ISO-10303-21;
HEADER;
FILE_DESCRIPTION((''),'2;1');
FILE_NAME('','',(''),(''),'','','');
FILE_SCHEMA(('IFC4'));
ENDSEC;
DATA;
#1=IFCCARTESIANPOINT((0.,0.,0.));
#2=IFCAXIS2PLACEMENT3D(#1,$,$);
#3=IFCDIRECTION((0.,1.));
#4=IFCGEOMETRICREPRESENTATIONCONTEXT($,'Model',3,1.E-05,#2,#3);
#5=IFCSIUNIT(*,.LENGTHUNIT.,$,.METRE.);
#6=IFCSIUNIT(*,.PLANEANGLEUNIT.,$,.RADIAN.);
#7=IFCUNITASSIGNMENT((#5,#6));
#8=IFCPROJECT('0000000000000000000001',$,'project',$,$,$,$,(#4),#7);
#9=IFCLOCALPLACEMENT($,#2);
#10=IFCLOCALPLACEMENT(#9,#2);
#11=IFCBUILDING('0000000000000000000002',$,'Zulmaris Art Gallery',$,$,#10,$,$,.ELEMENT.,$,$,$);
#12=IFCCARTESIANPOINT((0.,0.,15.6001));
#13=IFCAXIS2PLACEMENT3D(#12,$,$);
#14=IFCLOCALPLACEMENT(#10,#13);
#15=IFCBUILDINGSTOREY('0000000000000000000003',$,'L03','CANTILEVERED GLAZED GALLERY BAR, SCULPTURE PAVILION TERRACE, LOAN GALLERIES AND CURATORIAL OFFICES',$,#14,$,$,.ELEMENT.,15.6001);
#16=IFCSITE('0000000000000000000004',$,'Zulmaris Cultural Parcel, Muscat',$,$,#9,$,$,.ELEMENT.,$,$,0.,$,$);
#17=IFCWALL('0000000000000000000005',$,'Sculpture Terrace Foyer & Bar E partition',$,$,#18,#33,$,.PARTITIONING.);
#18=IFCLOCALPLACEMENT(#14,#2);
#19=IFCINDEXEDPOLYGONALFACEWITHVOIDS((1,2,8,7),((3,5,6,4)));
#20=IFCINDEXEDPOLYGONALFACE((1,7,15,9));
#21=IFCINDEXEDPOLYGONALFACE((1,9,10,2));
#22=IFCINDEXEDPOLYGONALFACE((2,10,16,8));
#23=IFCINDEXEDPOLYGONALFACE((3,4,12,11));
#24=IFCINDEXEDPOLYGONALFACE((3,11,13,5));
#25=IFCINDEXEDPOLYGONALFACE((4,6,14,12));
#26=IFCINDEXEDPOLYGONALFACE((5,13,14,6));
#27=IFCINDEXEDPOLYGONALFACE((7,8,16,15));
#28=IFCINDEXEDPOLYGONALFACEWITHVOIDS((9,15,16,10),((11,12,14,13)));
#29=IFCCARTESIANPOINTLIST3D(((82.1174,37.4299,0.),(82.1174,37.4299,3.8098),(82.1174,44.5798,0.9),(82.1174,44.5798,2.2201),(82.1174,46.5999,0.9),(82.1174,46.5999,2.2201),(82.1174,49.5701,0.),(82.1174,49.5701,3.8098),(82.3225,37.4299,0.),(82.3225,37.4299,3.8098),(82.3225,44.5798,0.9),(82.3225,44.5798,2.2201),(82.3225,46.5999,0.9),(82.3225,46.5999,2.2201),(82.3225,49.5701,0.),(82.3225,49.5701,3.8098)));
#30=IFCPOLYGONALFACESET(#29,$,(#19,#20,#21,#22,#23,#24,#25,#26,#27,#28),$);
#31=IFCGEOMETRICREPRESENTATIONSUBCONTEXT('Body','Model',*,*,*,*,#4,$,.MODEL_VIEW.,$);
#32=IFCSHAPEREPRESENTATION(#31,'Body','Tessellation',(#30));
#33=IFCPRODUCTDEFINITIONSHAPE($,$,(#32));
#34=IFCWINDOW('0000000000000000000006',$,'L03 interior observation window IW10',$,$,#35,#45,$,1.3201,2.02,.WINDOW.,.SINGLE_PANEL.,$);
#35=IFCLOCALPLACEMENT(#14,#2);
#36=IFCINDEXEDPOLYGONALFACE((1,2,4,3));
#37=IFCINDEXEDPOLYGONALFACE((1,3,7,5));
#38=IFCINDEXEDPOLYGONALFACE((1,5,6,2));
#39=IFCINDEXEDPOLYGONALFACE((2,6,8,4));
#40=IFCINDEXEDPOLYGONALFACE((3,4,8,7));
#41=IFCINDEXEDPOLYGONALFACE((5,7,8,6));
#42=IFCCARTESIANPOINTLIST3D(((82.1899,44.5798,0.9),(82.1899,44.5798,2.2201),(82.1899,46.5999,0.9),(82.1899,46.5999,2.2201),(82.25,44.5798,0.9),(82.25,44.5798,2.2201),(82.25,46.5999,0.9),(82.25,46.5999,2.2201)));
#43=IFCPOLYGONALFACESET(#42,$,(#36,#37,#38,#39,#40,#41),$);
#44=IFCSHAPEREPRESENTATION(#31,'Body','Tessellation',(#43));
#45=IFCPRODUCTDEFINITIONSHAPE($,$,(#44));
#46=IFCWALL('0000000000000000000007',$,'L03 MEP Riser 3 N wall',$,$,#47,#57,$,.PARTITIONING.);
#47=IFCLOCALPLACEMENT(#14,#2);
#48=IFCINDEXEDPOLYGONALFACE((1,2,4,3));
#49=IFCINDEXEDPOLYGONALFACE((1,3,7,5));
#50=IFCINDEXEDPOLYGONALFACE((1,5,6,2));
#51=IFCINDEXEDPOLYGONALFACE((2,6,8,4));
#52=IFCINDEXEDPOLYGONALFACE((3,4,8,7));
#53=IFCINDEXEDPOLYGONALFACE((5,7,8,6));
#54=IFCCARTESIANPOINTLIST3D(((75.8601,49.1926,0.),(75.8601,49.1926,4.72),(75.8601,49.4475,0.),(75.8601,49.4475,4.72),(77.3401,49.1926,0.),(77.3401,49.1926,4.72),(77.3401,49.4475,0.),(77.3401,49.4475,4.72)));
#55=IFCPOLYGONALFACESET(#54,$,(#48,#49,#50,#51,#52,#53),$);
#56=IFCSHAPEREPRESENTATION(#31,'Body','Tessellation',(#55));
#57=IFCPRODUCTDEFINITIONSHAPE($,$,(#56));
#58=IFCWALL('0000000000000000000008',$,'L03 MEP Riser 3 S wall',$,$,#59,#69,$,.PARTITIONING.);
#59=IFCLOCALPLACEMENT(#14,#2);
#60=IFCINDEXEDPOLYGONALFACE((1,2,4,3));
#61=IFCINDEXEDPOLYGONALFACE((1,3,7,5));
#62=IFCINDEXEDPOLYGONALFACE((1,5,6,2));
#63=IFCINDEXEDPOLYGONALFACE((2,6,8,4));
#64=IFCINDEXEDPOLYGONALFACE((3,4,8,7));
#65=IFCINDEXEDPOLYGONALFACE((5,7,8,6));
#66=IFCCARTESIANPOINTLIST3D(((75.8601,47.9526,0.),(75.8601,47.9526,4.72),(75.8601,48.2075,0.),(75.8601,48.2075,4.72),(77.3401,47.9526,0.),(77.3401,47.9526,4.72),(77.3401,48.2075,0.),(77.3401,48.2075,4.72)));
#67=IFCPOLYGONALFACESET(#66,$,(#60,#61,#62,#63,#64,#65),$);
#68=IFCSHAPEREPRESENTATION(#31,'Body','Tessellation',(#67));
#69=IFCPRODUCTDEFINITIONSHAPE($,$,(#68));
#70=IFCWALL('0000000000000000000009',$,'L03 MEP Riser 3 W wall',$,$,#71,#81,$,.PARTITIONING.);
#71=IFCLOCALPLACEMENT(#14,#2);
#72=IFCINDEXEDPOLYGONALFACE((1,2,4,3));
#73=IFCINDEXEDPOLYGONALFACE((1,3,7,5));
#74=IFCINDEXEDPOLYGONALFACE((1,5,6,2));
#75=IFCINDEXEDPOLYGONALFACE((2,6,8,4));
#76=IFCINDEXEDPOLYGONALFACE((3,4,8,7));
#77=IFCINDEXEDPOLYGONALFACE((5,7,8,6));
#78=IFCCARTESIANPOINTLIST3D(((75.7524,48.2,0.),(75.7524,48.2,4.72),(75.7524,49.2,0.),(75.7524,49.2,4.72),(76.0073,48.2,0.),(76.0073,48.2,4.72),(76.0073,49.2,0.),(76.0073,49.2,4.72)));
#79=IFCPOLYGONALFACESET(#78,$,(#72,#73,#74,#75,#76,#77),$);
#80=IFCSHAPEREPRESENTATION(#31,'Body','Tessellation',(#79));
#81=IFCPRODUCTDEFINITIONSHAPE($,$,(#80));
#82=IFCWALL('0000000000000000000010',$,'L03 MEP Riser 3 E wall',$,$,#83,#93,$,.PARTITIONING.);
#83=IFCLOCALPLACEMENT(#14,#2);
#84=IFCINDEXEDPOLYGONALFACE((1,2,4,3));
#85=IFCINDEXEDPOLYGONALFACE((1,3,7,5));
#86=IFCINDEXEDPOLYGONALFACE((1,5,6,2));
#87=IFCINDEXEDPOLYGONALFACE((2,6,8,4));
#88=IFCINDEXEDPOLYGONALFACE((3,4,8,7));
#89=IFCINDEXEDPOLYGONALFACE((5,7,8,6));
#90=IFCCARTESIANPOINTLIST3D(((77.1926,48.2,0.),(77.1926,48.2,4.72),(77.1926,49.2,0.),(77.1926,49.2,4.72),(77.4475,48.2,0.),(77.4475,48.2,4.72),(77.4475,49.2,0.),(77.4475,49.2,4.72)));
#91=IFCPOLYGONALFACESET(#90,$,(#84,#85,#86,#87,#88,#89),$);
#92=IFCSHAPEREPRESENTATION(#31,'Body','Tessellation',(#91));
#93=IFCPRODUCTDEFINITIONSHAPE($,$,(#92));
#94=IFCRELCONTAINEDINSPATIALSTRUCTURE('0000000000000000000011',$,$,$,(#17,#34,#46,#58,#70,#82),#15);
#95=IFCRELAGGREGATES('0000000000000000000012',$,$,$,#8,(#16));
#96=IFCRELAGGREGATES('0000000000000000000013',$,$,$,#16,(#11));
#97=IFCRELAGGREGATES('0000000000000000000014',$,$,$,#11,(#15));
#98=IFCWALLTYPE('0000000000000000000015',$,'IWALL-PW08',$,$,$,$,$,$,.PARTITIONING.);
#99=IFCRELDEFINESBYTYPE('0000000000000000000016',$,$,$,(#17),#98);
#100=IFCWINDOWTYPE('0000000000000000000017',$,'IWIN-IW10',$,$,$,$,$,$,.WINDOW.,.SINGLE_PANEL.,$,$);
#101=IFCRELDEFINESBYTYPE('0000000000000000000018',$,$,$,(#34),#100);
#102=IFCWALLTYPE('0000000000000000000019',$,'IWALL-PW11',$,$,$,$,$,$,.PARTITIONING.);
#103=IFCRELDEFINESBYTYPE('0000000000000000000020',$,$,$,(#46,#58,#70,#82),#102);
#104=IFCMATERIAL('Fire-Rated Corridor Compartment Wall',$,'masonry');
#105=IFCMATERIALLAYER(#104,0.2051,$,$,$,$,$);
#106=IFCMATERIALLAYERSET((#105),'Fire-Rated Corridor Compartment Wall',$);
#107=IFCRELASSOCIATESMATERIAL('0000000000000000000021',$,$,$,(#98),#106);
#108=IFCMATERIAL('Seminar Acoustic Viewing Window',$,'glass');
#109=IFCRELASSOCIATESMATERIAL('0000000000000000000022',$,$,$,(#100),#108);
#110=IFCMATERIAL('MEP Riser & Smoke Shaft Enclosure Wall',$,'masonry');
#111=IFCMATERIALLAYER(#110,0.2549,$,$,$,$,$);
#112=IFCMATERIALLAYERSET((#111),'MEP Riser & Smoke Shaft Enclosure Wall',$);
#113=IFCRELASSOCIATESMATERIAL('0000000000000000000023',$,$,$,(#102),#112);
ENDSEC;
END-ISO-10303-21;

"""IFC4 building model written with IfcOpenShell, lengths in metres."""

from ifc_helpers import new_model, si_unit, direction, frame, frame_2d, origin, place, context, subcontext, project, spatial, rectangle, extrude, material, layer, layer_set, type_object, element, fill, save


model = new_model("IFC4")

# Units and contexts
model_context = context("Model", 3, precision=1e-05, world=origin(), true_north=direction((0.0, 1.0)))
body_context = subcontext(model_context, "Body", "Model", "MODEL_VIEW")
ifc_project = project(units=[si_unit("LENGTHUNIT", "METRE"), si_unit("PLANEANGLEUNIT", "RADIAN")], contexts=[model_context])

# Site, building, storey
site_placement = place(None, origin())
site = spatial("IfcSite", under=ifc_project, at=site_placement, Name="Zulmaris Cultural Parcel, Muscat", CompositionType="ELEMENT", RefElevation=0.0)
building_placement = place(site_placement, origin())
building = spatial("IfcBuilding", under=site, at=building_placement, Name="Zulmaris Art Gallery", CompositionType="ELEMENT")
storey_placement = place(building_placement, frame((0.0, 0.0, 15.6001)))
storey = spatial("IfcBuildingStorey", under=building, at=storey_placement, Name="L03", Description="CANTILEVERED GLAZED GALLERY BAR, SCULPTURE PAVILION TERRACE, LOAN GALLERIES AND CURATORIAL OFFICES", CompositionType="ELEMENT", Elevation=15.6001)

# Wall, opening, window
ifc_material_1 = material(Name="Fire-Rated Corridor Compartment Wall", Category="masonry")
ifc_layer_1 = layer(ifc_material_1, 0.2051)
ifc_layer_set_1 = layer_set([ifc_layer_1], Name="Fire-Rated Corridor Compartment Wall")
wall_type_1 = type_object("IfcWallType", Name="IWALL-PW08", PredefinedType="PARTITIONING", material=ifc_layer_set_1)
wall_1_placement = place(storey_placement, frame((82.22, 37.4299, 0.0), z_axis=(0.0, 0.0, 1.0), x_axis=(0.0, 1.0, 0.0)))
wall_1 = element("IfcWall", 1, at=wall_1_placement, inside=storey, type_object=wall_type_1, Name="Sculpture Terrace Foyer & Bar E partition", PredefinedType="PARTITIONING", context=body_context, shape_type="SweptSolid", body=[
    extrude(rectangle(XDim=12.1401, YDim=0.2051, at=frame_2d((6.0701, 0.0))), origin(), (0.0, 0.0, 1.0), 3.8098),
])
opening_1_placement = place(wall_1_placement, frame((7.1499, 0.0, 0.8999)))
opening_1 = element("IfcOpeningElement", 2, at=opening_1_placement, cuts=wall_1, PredefinedType="OPENING", context=body_context, shape_type="SweptSolid", body=[
    extrude(rectangle(XDim=2.02, YDim=1.3201, at=frame_2d((1.01, 0.6602))), frame((0.0, 0.1125, 0.0), z_axis=(0.0, -1.0, 0.0), x_axis=(1.0, 0.0, 0.0)), (0.0, 0.0, 1.0), 0.2251),
])
ifc_material_2 = material(Name="Seminar Acoustic Viewing Window", Category="glass")
window_type_1 = type_object("IfcWindowType", Name="IWIN-IW10", PartitioningType="SINGLE_PANEL", PredefinedType="WINDOW", material=ifc_material_2)
window_1_placement = place(opening_1_placement, origin())
window_1 = element("IfcWindow", 3, at=window_1_placement, inside=storey, type_object=window_type_1, Name="L03 interior observation window IW10", OverallHeight=1.3201, OverallWidth=2.02, PartitioningType="SINGLE_PANEL", PredefinedType="WINDOW", context=body_context, shape_type="SweptSolid", body=[
    extrude(rectangle(XDim=2.02, YDim=1.3201, at=frame_2d((1.01, 0.6602))), frame((0.0, 0.03, 0.0), z_axis=(0.0, -1.0, 0.0), x_axis=(1.0, 0.0, 0.0)), (0.0, 0.0, 1.0), 0.0601),
])
fill(opening_1, window_1)

# Walls
ifc_material_3 = material(Name="MEP Riser & Smoke Shaft Enclosure Wall", Category="masonry")
ifc_layer_2 = layer(ifc_material_3, 0.2549)
ifc_layer_set_2 = layer_set([ifc_layer_2], Name="MEP Riser & Smoke Shaft Enclosure Wall")
wall_type_2 = type_object("IfcWallType", Name="IWALL-PW11", PredefinedType="PARTITIONING", material=ifc_layer_set_2)
for number, where, z_axis, x_axis, name in (
    (4, (75.8601, 49.3201, 0.0), (0.0, 0.0, 1.0), (1.0, 0.0, 0.0), "L03 MEP Riser 3 N wall"),
    (5, (75.8601, 48.0801, 0.0), (0.0, 0.0, 1.0), (1.0, 0.0, 0.0), "L03 MEP Riser 3 S wall"),
):
    element("IfcWall", number, at=place(storey_placement, frame(where, z_axis=z_axis, x_axis=x_axis)), inside=storey, type_object=wall_type_2, Name=name, PredefinedType="PARTITIONING", context=body_context, shape_type="SweptSolid", body=[
        extrude(rectangle(XDim=1.48, YDim=0.2549, at=frame_2d((0.74, 0.0))), origin(), (0.0, 0.0, 1.0), 4.72),
    ])
for number, where, z_axis, x_axis, name in (
    (6, (75.8799, 48.2, 0.0), (0.0, 0.0, 1.0), (0.0, 1.0, 0.0), "L03 MEP Riser 3 W wall"),
    (7, (77.3201, 48.2, 0.0), (0.0, 0.0, 1.0), (0.0, 1.0, 0.0), "L03 MEP Riser 3 E wall"),
):
    element("IfcWall", number, at=place(storey_placement, frame(where, z_axis=z_axis, x_axis=x_axis)), inside=storey, type_object=wall_type_2, Name=name, PredefinedType="PARTITIONING", context=body_context, shape_type="SweptSolid", body=[
        extrude(rectangle(XDim=1.0, YDim=0.2549, at=frame_2d((0.5, 0.0))), origin(), (0.0, 0.0, 1.0), 4.72),
    ])

save(model, "model.ifc")
